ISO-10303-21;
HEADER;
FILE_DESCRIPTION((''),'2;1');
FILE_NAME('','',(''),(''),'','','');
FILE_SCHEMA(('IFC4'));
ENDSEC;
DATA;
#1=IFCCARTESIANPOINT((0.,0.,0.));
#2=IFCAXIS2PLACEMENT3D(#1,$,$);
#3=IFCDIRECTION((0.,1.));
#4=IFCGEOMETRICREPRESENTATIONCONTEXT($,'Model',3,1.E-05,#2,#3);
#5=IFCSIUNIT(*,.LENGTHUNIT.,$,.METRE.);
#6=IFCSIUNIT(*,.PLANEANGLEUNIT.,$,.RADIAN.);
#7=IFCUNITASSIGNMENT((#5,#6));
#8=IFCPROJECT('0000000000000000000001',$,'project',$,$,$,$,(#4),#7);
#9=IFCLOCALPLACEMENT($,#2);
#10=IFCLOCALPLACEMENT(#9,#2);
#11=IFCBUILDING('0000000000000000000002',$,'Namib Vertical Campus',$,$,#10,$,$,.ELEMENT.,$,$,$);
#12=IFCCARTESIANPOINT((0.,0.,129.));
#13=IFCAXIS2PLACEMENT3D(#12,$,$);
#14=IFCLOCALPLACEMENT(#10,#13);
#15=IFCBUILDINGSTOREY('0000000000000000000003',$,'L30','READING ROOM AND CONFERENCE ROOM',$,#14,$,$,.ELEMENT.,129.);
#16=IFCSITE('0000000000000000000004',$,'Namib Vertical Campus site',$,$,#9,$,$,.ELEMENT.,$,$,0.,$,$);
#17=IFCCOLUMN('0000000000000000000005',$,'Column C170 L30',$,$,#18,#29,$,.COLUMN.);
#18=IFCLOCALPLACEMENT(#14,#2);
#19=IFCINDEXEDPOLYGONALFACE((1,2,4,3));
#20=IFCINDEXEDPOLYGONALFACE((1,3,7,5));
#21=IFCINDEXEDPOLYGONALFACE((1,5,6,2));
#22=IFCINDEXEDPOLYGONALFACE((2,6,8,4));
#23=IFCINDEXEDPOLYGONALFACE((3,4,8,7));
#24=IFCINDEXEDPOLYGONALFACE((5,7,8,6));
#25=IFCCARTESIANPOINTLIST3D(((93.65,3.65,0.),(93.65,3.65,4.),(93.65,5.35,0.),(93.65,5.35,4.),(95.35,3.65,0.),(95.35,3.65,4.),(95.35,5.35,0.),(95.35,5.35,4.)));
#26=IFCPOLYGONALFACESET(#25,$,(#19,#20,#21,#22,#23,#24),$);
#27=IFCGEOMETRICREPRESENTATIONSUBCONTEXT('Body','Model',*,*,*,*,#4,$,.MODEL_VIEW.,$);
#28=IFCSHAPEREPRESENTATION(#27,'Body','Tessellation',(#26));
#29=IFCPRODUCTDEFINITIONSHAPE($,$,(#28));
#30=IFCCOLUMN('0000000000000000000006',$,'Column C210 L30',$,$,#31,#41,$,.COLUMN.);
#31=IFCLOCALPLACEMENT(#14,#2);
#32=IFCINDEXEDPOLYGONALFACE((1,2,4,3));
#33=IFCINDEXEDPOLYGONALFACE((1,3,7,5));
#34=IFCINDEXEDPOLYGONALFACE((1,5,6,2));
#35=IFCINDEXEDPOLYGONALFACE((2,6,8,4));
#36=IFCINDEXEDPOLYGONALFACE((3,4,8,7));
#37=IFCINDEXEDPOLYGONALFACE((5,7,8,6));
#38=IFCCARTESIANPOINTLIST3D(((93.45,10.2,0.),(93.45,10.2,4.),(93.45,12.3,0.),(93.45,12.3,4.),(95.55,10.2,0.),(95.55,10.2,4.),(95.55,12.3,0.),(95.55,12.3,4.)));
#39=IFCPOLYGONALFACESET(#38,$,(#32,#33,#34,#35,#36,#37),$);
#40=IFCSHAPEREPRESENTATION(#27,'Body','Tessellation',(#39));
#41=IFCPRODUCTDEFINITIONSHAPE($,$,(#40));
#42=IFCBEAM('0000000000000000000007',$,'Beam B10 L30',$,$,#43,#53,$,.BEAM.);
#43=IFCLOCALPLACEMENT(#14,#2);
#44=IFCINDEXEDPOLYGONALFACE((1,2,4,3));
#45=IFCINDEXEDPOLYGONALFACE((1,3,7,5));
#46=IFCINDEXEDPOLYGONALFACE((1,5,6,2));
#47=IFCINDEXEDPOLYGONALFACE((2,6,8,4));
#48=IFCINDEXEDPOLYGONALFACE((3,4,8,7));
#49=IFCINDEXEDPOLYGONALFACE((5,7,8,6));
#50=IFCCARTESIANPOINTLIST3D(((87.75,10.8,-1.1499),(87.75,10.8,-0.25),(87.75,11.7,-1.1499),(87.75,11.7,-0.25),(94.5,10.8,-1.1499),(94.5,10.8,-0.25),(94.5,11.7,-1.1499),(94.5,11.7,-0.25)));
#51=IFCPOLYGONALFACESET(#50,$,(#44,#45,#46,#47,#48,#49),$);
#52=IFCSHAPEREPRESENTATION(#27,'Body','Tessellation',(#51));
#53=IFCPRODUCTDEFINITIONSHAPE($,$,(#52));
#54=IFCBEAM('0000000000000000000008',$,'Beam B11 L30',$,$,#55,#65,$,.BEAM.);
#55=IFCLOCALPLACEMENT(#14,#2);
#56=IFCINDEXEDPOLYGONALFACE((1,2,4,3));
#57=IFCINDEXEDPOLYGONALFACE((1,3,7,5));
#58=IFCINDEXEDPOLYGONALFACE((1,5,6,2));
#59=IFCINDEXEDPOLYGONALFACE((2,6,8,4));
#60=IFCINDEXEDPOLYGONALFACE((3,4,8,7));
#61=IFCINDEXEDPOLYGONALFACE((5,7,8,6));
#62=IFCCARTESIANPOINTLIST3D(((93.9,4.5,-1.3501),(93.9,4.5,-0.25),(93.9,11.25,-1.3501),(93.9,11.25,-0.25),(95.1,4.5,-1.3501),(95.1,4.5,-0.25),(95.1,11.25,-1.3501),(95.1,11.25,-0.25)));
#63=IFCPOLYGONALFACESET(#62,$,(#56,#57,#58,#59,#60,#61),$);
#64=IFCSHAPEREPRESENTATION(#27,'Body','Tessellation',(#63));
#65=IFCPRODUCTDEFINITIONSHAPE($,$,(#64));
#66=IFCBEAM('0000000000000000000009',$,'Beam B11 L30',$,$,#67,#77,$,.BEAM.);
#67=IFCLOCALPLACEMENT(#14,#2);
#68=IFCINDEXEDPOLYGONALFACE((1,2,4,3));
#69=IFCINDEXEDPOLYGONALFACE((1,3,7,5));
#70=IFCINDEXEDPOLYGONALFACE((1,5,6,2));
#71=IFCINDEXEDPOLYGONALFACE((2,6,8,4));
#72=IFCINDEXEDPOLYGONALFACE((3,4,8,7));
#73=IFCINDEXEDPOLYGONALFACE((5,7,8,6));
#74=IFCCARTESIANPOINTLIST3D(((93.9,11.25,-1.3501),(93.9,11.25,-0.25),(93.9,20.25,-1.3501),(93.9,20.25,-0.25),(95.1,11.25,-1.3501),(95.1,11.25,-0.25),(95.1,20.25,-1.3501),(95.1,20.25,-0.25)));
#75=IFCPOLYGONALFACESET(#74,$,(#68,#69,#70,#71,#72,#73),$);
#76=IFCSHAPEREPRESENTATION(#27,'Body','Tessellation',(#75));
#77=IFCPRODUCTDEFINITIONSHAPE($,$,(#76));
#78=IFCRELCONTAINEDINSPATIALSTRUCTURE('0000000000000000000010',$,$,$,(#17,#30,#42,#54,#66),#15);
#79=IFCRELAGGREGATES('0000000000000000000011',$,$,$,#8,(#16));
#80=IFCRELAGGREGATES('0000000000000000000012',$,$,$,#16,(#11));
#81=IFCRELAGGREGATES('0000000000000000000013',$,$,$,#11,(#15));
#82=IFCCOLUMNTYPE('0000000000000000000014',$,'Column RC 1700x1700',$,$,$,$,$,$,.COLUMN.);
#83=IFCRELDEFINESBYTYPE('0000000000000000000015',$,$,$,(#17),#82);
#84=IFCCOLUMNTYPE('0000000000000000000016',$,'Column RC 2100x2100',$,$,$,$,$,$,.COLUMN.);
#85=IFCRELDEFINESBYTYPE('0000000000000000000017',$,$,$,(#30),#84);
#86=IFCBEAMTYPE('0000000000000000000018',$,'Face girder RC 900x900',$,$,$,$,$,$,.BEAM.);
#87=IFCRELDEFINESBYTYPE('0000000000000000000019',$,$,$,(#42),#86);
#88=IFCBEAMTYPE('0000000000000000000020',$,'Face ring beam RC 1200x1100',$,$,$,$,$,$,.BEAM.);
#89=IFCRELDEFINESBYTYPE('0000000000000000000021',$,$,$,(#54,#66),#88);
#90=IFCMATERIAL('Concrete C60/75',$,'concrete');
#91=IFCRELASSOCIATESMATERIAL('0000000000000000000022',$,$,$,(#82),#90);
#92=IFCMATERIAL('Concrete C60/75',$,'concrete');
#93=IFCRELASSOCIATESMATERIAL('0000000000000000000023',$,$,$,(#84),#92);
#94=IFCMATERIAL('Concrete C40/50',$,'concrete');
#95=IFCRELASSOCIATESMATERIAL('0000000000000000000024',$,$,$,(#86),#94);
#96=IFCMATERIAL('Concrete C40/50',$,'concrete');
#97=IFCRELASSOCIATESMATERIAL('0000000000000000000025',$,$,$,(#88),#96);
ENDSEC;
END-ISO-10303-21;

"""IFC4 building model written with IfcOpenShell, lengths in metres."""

from ifc_helpers import new_model, si_unit, direction, frame, origin, origin_2d, place, context, subcontext, project, spatial, rectangle, extrude, material, material_profile, profile_set, type_object, element, save


model = new_model("IFC4")

# Units and contexts
model_context = context("Model", 3, precision=1e-05, world=origin(), true_north=direction((0.0, 1.0)))
body_context = subcontext(model_context, "Body", "Model", "MODEL_VIEW")
ifc_project = project(units=[si_unit("LENGTHUNIT", "METRE"), si_unit("PLANEANGLEUNIT", "RADIAN")], contexts=[model_context])

# Site, building, storey
site_placement = place(None, origin())
site = spatial("IfcSite", under=ifc_project, at=site_placement, Name="Namib Vertical Campus site", CompositionType="ELEMENT", RefElevation=0.0)
building_placement = place(site_placement, origin())
building = spatial("IfcBuilding", under=site, at=building_placement, Name="Namib Vertical Campus", CompositionType="ELEMENT")
storey_placement = place(building_placement, frame((0.0, 0.0, 129.0)))
storey = spatial("IfcBuildingStorey", under=building, at=storey_placement, Name="L30", Description="READING ROOM AND CONFERENCE ROOM", CompositionType="ELEMENT", Elevation=129.0)

# Columns
ifc_material_1 = material(Name="Concrete C60/75", Category="concrete")
ifc_material_profile_1 = material_profile(ifc_material_1, rectangle(XDim=1.7, YDim=1.7, at=origin_2d()))
ifc_profile_set_1 = profile_set([ifc_material_profile_1], Name="Concrete C60/75")
column_type_1 = type_object("IfcColumnType", Name="Column RC 1700x1700", PredefinedType="COLUMN", material=ifc_profile_set_1)
column_1_placement = place(storey_placement, frame((94.5, 4.5, 0.0), z_axis=(0.0, 0.0, 1.0), x_axis=(1.0, 0.0, 0.0)))
element("IfcColumn", 1, at=column_1_placement, inside=storey, type_object=column_type_1, Name="Column C170 L30", PredefinedType="COLUMN", context=body_context, shape_type="SweptSolid", body=[
    extrude(rectangle(XDim=1.7, YDim=1.7, at=origin_2d()), origin(), (0.0, 0.0, 1.0), 4.0),
])
ifc_material_2 = material(Name="Concrete C60/75", Category="concrete")
ifc_material_profile_2 = material_profile(ifc_material_2, rectangle(XDim=2.1001, YDim=2.1001, at=origin_2d()))
ifc_profile_set_2 = profile_set([ifc_material_profile_2], Name="Concrete C60/75")
column_type_2 = type_object("IfcColumnType", Name="Column RC 2100x2100", PredefinedType="COLUMN", material=ifc_profile_set_2)
column_2_placement = place(storey_placement, frame((94.5, 11.25, 0.0), z_axis=(0.0, 0.0, 1.0), x_axis=(1.0, 0.0, 0.0)))
element("IfcColumn", 2, at=column_2_placement, inside=storey, type_object=column_type_2, Name="Column C210 L30", PredefinedType="COLUMN", context=body_context, shape_type="SweptSolid", body=[
    extrude(rectangle(XDim=2.1001, YDim=2.1001, at=origin_2d()), origin(), (0.0, 0.0, 1.0), 4.0),
])

# Beams
ifc_material_3 = material(Name="Concrete C40/50", Category="concrete")
ifc_material_profile_3 = material_profile(ifc_material_3, rectangle(XDim=0.8999, YDim=0.8999, at=origin_2d()))
ifc_profile_set_3 = profile_set([ifc_material_profile_3], Name="Concrete C40/50")
beam_type_1 = type_object("IfcBeamType", Name="Face girder RC 900x900", PredefinedType="BEAM", material=ifc_profile_set_3)
beam_1_placement = place(storey_placement, frame((94.5, 11.25, -0.7), z_axis=(-1.0, 0.0, 0.0), x_axis=(0.0, -1.0, 0.0)))
element("IfcBeam", 3, at=beam_1_placement, inside=storey, type_object=beam_type_1, Name="Beam B10 L30", PredefinedType="BEAM", context=body_context, shape_type="SweptSolid", body=[
    extrude(rectangle(XDim=0.8999, YDim=0.8999, at=origin_2d()), origin(), (0.0, 0.0, 1.0), 6.75),
])
ifc_material_4 = material(Name="Concrete C40/50", Category="concrete")
ifc_material_profile_4 = material_profile(ifc_material_4, rectangle(XDim=1.2, YDim=1.1001, at=origin_2d()))
ifc_profile_set_4 = profile_set([ifc_material_profile_4], Name="Concrete C40/50")
beam_type_2 = type_object("IfcBeamType", Name="Face ring beam RC 1200x1100", PredefinedType="BEAM", material=ifc_profile_set_4)
beam_2_placement = place(storey_placement, frame((94.5, 4.5, -0.8), z_axis=(0.0, 1.0, 0.0), x_axis=(-1.0, 0.0, 0.0)))
element("IfcBeam", 4, at=beam_2_placement, inside=storey, type_object=beam_type_2, Name="Beam B11 L30", PredefinedType="BEAM", context=body_context, shape_type="SweptSolid", body=[
    extrude(rectangle(XDim=1.2, YDim=1.1001, at=origin_2d()), origin(), (0.0, 0.0, 1.0), 6.75),
])
beam_3_placement = place(storey_placement, frame((94.5, 11.25, -0.8), z_axis=(0.0, 1.0, 0.0), x_axis=(-1.0, 0.0, 0.0)))
element("IfcBeam", 5, at=beam_3_placement, inside=storey, type_object=beam_type_2, Name="Beam B11 L30", PredefinedType="BEAM", context=body_context, shape_type="SweptSolid", body=[
    extrude(rectangle(XDim=1.2, YDim=1.1001, at=origin_2d()), origin(), (0.0, 0.0, 1.0), 9.0),
])

save(model, "model.ifc")
